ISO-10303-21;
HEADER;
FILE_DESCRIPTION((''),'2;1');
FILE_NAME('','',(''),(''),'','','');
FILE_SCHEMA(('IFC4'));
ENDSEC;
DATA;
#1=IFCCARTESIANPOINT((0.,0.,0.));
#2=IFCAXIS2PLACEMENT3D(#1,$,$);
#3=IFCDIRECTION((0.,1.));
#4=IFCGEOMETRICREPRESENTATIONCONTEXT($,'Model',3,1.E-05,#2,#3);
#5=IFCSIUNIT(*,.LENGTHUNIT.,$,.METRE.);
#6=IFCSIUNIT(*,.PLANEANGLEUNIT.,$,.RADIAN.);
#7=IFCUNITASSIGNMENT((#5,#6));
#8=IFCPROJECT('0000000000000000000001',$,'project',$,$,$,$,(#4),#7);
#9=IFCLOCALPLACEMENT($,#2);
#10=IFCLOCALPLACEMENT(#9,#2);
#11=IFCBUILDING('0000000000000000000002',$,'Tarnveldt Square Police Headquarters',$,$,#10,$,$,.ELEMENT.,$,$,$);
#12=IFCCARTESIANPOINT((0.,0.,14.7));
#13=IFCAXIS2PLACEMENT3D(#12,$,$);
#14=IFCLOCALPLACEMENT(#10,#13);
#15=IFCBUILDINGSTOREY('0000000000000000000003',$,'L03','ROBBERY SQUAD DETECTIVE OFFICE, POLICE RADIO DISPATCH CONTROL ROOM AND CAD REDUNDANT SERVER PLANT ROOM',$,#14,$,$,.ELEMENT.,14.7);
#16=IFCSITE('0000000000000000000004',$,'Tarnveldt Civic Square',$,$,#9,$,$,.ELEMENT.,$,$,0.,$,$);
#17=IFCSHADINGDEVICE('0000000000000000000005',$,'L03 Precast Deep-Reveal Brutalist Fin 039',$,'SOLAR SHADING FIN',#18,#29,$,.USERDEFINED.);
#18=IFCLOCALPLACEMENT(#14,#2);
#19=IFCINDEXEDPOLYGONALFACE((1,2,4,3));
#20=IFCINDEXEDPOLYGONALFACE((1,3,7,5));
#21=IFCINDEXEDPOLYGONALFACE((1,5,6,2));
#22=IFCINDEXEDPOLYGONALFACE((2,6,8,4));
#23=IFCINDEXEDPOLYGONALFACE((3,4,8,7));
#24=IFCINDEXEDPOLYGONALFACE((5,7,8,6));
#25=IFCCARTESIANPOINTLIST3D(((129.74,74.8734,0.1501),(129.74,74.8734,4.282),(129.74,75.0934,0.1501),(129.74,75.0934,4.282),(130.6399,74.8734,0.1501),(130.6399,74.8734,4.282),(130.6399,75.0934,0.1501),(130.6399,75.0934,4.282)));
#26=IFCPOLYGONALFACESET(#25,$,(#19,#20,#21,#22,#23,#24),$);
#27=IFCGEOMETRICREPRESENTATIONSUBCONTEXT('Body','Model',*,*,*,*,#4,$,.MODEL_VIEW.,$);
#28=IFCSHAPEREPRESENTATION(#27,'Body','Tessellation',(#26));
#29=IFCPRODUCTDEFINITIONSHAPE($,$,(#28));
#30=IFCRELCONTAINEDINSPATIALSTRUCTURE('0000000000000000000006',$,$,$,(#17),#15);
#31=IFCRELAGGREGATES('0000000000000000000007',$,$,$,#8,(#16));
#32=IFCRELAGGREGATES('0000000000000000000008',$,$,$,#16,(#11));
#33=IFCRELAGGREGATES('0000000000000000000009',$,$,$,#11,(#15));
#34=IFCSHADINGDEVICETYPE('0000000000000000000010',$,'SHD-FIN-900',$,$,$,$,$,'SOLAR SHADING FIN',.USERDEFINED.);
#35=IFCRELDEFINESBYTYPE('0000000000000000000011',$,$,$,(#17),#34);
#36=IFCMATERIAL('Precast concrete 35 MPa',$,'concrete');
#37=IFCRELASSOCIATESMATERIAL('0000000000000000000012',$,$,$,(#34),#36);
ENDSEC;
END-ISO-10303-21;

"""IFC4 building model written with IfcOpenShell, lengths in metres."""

from ifc_helpers import new_model, si_unit, direction, frame, origin, origin_2d, place, context, subcontext, project, spatial, rectangle, extrude, material, material_profile, profile_set, type_object, element, save


model = new_model("IFC4")

# Units and contexts
model_context = context("Model", 3, precision=1e-05, world=origin(), true_north=direction((0.0, 1.0)))
body_context = subcontext(model_context, "Body", "Model", "MODEL_VIEW")
ifc_project = project(units=[si_unit("LENGTHUNIT", "METRE"), si_unit("PLANEANGLEUNIT", "RADIAN")], contexts=[model_context])

# Site, building, storey
site_placement = place(None, origin())
site = spatial("IfcSite", under=ifc_project, at=site_placement, Name="Tarnveldt Civic Square", CompositionType="ELEMENT", RefElevation=0.0)
building_placement = place(site_placement, origin())
building = spatial("IfcBuilding", under=site, at=building_placement, Name="Tarnveldt Square Police Headquarters", CompositionType="ELEMENT")
storey_placement = place(building_placement, frame((0.0, 0.0, 14.7)))
storey = spatial("IfcBuildingStorey", under=building, at=storey_placement, Name="L03", Description="ROBBERY SQUAD DETECTIVE OFFICE, POLICE RADIO DISPATCH CONTROL ROOM AND CAD REDUNDANT SERVER PLANT ROOM", CompositionType="ELEMENT", Elevation=14.7)

# Shading device
ifc_material_1 = material(Name="Precast concrete 35 MPa", Category="concrete")
ifc_material_profile_1 = material_profile(ifc_material_1, rectangle(XDim=0.22, YDim=0.8999, at=origin_2d()), Name="PC-FIN220x900")
ifc_profile_set_1 = profile_set([ifc_material_profile_1], Name="Precast concrete 35 MPa")
shading_device_type = type_object("IfcShadingDeviceType", Name="SHD-FIN-900", ElementType="SOLAR SHADING FIN", PredefinedType="USERDEFINED", material=ifc_profile_set_1)
shading_device_placement = place(storey_placement, frame((130.1899, 74.9834, 0.1501), z_axis=(0.0, 0.0, 1.0), x_axis=(0.0, 1.0, 0.0)))
element("IfcShadingDevice", 1, at=shading_device_placement, inside=storey, type_object=shading_device_type, Name="L03 Precast Deep-Reveal Brutalist Fin 039", ObjectType="SOLAR SHADING FIN", PredefinedType="USERDEFINED", context=body_context, shape_type="SweptSolid", body=[
    extrude(rectangle(XDim=0.22, YDim=0.8999, at=origin_2d()), origin(), (0.0, 0.0, 1.0), 4.1318),
])

save(model, "model.ifc")
